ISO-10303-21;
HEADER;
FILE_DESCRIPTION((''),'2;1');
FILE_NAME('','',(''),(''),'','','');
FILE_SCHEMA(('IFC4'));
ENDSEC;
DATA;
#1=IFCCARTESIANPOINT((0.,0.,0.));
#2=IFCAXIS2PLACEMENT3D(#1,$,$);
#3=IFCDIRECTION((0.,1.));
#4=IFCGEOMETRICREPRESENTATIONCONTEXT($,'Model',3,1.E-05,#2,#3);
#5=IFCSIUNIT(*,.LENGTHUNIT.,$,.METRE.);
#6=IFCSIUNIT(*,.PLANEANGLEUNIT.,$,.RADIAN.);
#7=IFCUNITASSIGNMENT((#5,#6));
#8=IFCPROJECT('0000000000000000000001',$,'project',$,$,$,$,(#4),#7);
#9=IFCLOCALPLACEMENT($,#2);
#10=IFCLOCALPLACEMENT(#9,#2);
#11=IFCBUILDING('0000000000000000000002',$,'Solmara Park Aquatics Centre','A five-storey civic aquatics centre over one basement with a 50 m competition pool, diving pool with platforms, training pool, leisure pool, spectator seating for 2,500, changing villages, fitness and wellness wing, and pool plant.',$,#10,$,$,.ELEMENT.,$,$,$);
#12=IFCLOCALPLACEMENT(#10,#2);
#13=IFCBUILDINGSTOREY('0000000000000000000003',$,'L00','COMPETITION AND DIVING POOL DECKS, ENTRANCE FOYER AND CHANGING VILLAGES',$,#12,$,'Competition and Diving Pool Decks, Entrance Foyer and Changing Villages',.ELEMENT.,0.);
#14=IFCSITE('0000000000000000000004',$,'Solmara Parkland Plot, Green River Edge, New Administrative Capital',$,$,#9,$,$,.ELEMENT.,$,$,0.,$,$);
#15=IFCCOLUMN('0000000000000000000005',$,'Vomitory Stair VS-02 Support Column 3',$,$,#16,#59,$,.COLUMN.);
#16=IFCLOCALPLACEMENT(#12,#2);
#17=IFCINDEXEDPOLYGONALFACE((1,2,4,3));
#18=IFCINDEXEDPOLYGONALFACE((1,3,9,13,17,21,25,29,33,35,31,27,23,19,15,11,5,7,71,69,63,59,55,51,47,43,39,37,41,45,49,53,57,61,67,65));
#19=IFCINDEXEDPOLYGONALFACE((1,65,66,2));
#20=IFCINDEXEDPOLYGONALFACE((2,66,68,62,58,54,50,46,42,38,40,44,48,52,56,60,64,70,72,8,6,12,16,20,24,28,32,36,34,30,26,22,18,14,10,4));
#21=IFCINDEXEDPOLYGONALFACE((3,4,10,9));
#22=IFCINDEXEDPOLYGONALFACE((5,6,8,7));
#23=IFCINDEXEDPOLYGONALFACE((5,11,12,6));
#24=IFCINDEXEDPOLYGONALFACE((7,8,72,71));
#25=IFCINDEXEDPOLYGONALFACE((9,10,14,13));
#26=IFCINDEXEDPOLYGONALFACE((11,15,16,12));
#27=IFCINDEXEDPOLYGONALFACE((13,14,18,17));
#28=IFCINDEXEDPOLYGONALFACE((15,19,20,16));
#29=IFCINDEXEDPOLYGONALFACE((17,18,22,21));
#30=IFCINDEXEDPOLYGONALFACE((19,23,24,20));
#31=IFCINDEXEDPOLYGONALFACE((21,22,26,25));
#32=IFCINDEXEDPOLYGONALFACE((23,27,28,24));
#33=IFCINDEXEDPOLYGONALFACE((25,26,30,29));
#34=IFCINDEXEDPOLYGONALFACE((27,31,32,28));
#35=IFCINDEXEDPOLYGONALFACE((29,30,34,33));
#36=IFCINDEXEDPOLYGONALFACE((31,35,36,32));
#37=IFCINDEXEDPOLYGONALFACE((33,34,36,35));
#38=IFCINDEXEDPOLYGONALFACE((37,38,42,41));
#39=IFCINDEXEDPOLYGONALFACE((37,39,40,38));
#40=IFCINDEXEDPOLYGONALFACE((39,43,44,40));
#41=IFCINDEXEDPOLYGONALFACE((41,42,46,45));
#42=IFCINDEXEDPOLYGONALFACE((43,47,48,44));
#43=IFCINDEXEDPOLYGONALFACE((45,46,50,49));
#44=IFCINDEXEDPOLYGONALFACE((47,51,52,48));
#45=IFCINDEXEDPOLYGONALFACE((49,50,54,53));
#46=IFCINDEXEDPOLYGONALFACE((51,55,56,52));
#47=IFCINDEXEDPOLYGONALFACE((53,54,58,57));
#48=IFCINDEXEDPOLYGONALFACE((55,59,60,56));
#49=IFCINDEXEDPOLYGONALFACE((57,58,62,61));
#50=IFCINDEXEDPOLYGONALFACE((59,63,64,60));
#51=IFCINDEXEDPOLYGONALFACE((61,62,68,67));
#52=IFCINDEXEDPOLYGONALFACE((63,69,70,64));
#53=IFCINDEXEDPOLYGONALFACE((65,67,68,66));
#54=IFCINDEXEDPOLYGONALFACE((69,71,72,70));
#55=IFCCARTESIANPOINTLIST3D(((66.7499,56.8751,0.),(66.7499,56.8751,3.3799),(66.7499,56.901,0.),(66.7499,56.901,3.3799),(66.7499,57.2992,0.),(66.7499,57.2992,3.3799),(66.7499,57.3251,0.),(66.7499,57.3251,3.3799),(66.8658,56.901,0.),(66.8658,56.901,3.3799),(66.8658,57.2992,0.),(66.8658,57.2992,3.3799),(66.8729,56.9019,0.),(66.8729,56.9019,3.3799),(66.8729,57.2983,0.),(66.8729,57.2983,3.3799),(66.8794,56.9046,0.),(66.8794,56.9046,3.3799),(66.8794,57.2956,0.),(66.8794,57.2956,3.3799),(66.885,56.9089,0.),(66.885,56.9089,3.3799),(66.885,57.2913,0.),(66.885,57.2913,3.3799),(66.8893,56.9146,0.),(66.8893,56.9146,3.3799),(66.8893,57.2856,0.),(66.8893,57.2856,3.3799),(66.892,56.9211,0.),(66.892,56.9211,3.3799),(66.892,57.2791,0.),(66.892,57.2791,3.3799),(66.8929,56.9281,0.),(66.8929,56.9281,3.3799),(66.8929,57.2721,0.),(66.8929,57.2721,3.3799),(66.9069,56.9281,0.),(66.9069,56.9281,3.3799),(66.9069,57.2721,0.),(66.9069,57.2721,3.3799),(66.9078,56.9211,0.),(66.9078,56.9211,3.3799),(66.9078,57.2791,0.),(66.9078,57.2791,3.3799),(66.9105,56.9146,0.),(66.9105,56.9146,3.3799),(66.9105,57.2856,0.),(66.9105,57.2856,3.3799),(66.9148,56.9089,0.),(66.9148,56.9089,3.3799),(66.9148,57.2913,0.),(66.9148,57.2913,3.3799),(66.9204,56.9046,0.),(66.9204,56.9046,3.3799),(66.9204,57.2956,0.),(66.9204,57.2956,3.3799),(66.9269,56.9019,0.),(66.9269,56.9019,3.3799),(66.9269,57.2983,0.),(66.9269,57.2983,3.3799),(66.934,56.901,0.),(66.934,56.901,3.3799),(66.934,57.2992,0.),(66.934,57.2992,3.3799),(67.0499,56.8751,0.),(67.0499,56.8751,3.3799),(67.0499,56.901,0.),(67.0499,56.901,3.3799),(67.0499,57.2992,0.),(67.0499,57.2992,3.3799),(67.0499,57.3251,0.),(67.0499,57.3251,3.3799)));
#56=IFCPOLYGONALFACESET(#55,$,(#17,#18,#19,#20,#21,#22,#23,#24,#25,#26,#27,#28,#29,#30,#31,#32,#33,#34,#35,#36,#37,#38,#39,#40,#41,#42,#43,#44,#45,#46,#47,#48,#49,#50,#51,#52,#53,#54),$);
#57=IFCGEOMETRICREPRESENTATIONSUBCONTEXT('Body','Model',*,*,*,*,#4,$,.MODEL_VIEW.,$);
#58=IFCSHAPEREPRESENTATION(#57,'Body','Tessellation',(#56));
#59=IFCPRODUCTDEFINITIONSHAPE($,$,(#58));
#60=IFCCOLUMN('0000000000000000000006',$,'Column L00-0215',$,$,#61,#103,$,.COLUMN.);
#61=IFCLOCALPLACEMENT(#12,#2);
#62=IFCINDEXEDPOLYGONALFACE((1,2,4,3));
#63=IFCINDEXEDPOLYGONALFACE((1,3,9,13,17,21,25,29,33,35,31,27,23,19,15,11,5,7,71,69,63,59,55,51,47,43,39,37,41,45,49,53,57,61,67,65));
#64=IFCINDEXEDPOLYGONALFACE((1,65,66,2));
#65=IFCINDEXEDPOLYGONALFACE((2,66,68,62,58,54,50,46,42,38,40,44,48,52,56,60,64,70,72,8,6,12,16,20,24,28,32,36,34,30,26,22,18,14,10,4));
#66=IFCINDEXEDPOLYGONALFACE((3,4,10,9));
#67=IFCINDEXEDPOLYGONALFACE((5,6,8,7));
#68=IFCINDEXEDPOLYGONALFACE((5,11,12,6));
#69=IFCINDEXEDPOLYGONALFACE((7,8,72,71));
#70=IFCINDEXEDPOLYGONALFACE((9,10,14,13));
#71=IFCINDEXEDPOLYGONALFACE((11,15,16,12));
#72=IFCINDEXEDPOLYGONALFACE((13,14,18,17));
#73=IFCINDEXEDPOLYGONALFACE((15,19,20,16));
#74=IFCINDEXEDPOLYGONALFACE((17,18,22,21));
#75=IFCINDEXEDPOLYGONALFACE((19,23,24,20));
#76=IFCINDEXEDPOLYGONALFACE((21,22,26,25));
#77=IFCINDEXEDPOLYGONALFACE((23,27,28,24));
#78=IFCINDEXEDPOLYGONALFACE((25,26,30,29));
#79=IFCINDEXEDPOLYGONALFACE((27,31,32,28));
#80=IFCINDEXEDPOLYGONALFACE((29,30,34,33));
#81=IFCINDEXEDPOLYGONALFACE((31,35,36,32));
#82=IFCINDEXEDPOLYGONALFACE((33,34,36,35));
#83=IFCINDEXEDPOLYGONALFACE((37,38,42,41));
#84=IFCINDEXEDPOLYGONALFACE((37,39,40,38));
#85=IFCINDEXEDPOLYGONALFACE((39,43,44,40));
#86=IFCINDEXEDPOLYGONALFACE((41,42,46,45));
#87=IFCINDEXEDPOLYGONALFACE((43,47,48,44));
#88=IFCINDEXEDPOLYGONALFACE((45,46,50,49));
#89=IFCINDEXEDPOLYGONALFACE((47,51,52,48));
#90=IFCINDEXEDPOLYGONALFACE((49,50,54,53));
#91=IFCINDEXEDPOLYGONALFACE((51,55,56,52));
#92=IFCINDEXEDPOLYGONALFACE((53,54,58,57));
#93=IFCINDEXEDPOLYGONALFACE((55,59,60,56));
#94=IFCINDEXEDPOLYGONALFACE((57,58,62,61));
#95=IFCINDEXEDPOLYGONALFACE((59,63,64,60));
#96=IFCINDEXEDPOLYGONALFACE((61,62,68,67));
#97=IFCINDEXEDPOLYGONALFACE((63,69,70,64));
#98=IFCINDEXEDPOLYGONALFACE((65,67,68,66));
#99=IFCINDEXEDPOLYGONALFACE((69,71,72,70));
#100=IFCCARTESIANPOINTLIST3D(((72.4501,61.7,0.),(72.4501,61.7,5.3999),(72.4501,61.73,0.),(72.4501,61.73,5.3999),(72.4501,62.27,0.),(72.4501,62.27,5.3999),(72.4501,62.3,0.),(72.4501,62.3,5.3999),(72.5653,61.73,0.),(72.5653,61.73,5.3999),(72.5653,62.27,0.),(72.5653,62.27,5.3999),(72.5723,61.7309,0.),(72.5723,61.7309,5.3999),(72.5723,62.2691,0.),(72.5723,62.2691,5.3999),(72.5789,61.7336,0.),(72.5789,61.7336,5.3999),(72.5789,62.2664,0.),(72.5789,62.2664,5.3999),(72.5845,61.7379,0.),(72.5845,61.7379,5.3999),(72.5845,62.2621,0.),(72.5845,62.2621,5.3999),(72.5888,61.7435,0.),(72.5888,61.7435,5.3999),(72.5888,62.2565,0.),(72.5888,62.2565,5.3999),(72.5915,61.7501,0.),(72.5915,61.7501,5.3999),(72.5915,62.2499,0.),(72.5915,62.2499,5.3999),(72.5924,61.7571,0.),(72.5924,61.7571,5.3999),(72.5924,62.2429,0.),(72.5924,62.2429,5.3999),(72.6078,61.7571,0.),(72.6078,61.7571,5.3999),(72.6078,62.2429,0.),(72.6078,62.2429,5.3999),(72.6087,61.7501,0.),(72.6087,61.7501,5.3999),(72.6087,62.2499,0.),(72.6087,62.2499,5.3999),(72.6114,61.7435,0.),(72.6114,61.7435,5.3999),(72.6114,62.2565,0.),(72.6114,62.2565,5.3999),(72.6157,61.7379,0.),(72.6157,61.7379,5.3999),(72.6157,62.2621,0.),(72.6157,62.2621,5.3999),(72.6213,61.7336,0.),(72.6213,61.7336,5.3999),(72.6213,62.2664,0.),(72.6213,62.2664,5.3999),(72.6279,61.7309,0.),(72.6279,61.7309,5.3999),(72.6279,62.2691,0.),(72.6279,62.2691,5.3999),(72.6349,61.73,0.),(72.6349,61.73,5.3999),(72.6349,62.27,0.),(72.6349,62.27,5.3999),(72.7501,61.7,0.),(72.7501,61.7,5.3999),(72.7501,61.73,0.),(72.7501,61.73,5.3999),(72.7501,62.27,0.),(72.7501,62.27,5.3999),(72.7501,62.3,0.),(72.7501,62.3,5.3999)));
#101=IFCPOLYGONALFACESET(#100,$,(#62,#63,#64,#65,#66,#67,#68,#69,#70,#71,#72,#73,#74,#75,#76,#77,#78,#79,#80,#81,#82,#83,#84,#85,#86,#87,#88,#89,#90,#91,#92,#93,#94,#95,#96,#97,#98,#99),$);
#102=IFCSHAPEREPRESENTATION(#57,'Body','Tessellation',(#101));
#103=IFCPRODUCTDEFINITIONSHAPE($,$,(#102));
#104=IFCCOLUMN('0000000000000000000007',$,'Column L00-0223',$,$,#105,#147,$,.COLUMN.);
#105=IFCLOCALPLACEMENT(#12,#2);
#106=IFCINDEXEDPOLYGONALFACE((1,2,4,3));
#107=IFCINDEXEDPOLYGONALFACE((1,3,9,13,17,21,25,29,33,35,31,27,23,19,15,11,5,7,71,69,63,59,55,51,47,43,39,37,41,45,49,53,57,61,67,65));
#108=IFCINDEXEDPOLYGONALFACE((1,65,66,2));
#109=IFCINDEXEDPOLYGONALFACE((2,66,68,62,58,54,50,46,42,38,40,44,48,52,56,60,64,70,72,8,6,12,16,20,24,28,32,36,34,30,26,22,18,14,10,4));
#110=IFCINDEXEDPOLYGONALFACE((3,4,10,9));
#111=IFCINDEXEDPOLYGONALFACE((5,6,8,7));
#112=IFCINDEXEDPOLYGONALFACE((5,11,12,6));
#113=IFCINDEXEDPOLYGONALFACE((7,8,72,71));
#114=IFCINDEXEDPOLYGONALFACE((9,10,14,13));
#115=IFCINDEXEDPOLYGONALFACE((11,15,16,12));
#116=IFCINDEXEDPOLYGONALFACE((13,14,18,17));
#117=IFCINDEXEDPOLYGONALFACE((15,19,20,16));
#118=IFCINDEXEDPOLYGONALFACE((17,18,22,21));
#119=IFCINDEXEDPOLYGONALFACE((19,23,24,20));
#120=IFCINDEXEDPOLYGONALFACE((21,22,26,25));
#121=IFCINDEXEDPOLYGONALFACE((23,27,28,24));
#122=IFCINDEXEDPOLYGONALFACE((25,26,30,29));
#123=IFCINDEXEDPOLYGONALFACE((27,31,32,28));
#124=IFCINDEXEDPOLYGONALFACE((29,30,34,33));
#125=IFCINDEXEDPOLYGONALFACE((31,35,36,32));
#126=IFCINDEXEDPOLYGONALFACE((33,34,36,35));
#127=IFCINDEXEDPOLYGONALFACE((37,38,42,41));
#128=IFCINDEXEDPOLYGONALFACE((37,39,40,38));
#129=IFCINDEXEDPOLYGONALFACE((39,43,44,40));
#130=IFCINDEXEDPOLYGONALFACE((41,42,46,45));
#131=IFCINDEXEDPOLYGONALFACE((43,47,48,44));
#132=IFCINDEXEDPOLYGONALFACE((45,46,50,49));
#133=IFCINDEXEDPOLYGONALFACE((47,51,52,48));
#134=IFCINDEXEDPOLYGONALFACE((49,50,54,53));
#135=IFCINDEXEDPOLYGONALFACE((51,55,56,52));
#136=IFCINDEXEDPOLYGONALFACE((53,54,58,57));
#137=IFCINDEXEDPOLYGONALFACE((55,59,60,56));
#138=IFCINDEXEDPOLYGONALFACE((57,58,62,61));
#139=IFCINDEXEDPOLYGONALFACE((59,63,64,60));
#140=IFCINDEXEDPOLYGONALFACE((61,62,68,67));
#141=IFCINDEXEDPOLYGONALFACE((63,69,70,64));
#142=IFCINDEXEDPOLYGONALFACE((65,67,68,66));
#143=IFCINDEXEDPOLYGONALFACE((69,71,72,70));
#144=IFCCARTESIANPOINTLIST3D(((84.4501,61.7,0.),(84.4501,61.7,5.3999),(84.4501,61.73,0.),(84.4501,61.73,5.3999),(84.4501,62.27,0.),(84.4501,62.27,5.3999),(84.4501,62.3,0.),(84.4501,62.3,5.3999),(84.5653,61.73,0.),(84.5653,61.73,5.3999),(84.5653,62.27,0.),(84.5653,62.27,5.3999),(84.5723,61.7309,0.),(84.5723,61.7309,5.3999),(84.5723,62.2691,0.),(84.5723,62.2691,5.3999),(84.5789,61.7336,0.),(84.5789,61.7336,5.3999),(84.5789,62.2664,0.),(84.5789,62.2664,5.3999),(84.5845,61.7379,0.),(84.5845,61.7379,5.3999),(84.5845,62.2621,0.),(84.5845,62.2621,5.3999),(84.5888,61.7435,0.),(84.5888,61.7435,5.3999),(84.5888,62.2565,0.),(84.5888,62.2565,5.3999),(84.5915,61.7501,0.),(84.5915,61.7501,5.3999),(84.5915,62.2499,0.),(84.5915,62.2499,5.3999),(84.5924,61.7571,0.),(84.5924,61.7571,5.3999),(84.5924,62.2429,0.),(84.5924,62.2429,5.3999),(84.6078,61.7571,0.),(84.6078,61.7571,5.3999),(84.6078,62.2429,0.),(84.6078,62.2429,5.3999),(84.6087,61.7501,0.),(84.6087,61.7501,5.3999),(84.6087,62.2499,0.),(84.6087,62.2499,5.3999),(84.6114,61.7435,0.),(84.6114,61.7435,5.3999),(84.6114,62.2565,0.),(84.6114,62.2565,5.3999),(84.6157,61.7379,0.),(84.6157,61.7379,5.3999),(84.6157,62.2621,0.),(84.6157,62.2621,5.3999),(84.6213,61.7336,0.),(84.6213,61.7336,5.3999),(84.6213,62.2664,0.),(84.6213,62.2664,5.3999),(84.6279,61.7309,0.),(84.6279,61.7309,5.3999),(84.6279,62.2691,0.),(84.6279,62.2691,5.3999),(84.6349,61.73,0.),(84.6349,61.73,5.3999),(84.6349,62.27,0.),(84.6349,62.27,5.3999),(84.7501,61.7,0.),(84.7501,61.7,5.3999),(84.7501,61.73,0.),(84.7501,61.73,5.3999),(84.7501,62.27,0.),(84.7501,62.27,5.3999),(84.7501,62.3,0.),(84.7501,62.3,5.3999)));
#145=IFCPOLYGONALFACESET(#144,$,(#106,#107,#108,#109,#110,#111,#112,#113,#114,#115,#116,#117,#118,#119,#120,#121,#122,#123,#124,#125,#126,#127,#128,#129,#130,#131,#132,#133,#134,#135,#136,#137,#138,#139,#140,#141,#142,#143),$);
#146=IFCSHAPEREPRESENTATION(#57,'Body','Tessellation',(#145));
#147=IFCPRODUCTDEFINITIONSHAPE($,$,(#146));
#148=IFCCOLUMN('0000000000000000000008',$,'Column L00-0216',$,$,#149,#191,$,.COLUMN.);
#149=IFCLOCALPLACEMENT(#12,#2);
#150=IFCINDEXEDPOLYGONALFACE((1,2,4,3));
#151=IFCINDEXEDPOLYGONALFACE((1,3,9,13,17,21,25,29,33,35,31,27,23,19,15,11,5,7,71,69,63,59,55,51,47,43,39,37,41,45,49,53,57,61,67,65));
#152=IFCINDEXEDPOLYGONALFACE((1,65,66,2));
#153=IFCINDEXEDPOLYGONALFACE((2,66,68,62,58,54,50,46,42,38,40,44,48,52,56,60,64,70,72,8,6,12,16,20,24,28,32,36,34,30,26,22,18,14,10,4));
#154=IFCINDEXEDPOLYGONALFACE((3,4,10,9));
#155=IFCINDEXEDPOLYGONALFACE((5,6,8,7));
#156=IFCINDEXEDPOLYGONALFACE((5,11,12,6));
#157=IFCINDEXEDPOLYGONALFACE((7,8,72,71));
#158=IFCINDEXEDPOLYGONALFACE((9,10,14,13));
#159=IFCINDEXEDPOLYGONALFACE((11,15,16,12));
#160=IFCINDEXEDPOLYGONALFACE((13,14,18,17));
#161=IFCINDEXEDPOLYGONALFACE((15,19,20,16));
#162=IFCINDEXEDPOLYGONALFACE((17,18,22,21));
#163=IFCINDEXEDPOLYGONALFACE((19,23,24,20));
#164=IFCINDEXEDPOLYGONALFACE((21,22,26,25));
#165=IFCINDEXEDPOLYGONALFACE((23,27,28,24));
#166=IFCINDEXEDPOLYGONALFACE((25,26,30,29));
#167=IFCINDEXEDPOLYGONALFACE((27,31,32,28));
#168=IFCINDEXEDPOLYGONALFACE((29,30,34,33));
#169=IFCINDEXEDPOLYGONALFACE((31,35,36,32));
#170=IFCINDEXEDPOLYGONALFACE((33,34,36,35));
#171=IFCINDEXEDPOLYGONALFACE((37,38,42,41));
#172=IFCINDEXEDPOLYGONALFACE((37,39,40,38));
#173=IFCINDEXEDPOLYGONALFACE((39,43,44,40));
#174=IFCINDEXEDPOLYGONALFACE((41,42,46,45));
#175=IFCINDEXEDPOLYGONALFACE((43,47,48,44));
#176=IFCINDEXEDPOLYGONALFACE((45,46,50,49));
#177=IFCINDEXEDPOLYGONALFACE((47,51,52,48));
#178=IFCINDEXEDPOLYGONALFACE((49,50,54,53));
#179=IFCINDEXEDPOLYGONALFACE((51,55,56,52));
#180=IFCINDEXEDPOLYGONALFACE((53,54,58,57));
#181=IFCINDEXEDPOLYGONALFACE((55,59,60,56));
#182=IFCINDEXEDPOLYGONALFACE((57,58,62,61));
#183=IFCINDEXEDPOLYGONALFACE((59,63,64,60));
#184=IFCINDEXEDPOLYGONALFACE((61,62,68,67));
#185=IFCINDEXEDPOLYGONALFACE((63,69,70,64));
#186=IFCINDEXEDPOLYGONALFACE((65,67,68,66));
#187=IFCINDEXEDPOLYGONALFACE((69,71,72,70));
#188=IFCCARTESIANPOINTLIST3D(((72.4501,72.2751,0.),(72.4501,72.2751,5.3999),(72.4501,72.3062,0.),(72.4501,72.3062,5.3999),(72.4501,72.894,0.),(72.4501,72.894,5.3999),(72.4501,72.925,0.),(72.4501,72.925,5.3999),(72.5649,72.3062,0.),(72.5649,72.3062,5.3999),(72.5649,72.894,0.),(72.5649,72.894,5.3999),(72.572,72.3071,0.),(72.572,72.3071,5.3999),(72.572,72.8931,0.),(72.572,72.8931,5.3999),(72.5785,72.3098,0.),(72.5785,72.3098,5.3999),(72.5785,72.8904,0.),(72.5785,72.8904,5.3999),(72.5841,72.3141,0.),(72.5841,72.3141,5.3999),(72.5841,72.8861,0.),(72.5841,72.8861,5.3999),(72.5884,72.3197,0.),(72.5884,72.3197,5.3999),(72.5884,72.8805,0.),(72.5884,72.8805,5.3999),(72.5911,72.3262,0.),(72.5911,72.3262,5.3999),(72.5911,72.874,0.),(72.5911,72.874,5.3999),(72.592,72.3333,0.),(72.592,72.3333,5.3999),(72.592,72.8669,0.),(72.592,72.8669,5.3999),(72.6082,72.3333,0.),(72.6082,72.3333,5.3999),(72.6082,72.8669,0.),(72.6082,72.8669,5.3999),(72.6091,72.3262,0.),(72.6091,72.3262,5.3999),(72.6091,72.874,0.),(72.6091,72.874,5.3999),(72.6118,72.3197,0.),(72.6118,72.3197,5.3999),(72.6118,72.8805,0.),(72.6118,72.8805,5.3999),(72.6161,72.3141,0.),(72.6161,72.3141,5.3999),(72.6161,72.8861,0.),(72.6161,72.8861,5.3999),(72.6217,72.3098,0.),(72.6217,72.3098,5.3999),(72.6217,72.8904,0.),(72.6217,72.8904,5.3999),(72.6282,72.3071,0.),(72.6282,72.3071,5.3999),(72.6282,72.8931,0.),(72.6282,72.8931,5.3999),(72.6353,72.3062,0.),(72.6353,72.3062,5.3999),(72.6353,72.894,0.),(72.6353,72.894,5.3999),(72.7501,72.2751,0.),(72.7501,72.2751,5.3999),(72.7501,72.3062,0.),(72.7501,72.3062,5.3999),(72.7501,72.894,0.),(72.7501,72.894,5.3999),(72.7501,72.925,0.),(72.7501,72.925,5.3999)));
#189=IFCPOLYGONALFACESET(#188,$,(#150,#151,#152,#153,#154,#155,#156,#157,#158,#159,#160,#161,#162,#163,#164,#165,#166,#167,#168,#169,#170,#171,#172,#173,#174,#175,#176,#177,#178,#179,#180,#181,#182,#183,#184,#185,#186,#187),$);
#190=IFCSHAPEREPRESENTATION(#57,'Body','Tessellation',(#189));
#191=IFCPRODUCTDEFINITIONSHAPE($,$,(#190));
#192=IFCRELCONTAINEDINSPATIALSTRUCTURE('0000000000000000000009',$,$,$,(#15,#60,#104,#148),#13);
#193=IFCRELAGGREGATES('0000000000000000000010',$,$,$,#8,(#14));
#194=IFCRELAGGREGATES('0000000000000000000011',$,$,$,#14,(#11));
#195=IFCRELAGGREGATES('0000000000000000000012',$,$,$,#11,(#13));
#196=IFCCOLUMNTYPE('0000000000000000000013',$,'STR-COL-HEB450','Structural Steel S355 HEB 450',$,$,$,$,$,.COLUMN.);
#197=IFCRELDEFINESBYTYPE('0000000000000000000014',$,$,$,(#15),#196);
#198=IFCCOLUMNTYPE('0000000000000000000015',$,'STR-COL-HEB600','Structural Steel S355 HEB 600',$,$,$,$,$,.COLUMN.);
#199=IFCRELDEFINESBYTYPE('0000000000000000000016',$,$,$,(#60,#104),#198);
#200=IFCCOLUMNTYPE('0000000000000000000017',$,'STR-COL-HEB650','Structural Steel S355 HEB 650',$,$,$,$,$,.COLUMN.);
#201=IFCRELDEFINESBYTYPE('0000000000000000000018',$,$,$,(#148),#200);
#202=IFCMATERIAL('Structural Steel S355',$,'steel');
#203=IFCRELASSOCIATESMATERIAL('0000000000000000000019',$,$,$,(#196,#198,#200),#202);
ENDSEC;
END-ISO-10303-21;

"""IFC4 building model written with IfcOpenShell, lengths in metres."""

from ifc_helpers import new_model, si_unit, direction, frame, origin, origin_2d, place, context, subcontext, project, spatial, i_section, extrude, material, material_profile, profile_set, type_object, element, save


model = new_model("IFC4")

# Units and contexts
model_context = context("Model", 3, precision=1e-05, world=origin(), true_north=direction((0.0, 1.0)))
body_context = subcontext(model_context, "Body", "Model", "MODEL_VIEW")
ifc_project = project(units=[si_unit("LENGTHUNIT", "METRE"), si_unit("PLANEANGLEUNIT", "RADIAN")], contexts=[model_context])

# Site, building, storey
site_placement = place(None, origin())
site = spatial("IfcSite", under=ifc_project, at=site_placement, Name="Solmara Parkland Plot, Green River Edge, New Administrative Capital", CompositionType="ELEMENT", RefElevation=0.0)
building_placement = place(site_placement, origin())
building = spatial("IfcBuilding", under=site, at=building_placement, Name="Solmara Park Aquatics Centre", Description="A five-storey civic aquatics centre over one basement with a 50 m competition pool, diving pool with platforms, training pool, leisure pool, spectator seating for 2,500, changing villages, fitness and wellness wing, and pool plant.", CompositionType="ELEMENT")
storey_placement = place(building_placement, origin())
storey = spatial("IfcBuildingStorey", under=building, at=storey_placement, Name="L00", Description="COMPETITION AND DIVING POOL DECKS, ENTRANCE FOYER AND CHANGING VILLAGES", LongName="Competition and Diving Pool Decks, Entrance Foyer and Changing Villages", CompositionType="ELEMENT", Elevation=0.0)

# Columns
ifc_material_1 = material(Name="Structural Steel S355", Category="steel")
ifc_material_profile_1 = material_profile(ifc_material_1, i_section(OverallWidth=0.3, OverallDepth=0.45, WebThickness=0.0139, FlangeThickness=0.0259, FilletRadius=0.0271, at=origin_2d()), Name="HEB 450")
ifc_profile_set_1 = profile_set([ifc_material_profile_1], Name="Structural Steel S355")
column_type_1 = type_object("IfcColumnType", Name="STR-COL-HEB450", Description="Structural Steel S355 HEB 450", PredefinedType="COLUMN", material=ifc_profile_set_1)
column_1_placement = place(storey_placement, frame((66.8999, 57.1001, 0.0), z_axis=(0.0, 0.0, 1.0), x_axis=(1.0, 0.0, 0.0)))
element("IfcColumn", 1, at=column_1_placement, inside=storey, type_object=column_type_1, Name="Vomitory Stair VS-02 Support Column 3", PredefinedType="COLUMN", context=body_context, shape_type="SweptSolid", body=[
    extrude(i_section(OverallWidth=0.3, OverallDepth=0.45, WebThickness=0.0139, FlangeThickness=0.0259, FilletRadius=0.0271, at=origin_2d()), origin(), (0.0, 0.0, 1.0), 3.3799),
])
ifc_material_profile_2 = material_profile(ifc_material_1, i_section(OverallWidth=0.3, OverallDepth=0.6001, WebThickness=0.0154, FlangeThickness=0.03, FilletRadius=0.0271, at=origin_2d()), Name="HEB 600")
ifc_profile_set_2 = profile_set([ifc_material_profile_2], Name="Structural Steel S355")
column_type_2 = type_object("IfcColumnType", Name="STR-COL-HEB600", Description="Structural Steel S355 HEB 600", PredefinedType="COLUMN", material=ifc_profile_set_2)
for number, where, z_axis, x_axis, name in (
    (2, (72.6001, 62.0, 0.0), (0.0, 0.0, 1.0), (1.0, 0.0, 0.0), "Column L00-0215"),
    (3, (84.6001, 62.0, 0.0), (0.0, 0.0, 1.0), (1.0, 0.0, 0.0), "Column L00-0223"),
):
    element("IfcColumn", number, at=place(storey_placement, frame(where, z_axis=z_axis, x_axis=x_axis)), inside=storey, type_object=column_type_2, Name=name, PredefinedType="COLUMN", context=body_context, shape_type="SweptSolid", body=[
        extrude(i_section(OverallWidth=0.3, OverallDepth=0.6001, WebThickness=0.0154, FlangeThickness=0.03, FilletRadius=0.0271, at=origin_2d()), origin(), (0.0, 0.0, 1.0), 5.3999),
    ])
ifc_material_profile_3 = material_profile(ifc_material_1, i_section(OverallWidth=0.3, OverallDepth=0.6499, WebThickness=0.0161, FlangeThickness=0.031, FilletRadius=0.0271, at=origin_2d()), Name="HEB 650")
ifc_profile_set_3 = profile_set([ifc_material_profile_3], Name="Structural Steel S355")
column_type_3 = type_object("IfcColumnType", Name="STR-COL-HEB650", Description="Structural Steel S355 HEB 650", PredefinedType="COLUMN", material=ifc_profile_set_3)
column_2_placement = place(storey_placement, frame((72.6001, 72.6001, 0.0), z_axis=(0.0, 0.0, 1.0), x_axis=(1.0, 0.0, 0.0)))
element("IfcColumn", 4, at=column_2_placement, inside=storey, type_object=column_type_3, Name="Column L00-0216", PredefinedType="COLUMN", context=body_context, shape_type="SweptSolid", body=[
    extrude(i_section(OverallWidth=0.3, OverallDepth=0.6499, WebThickness=0.0161, FlangeThickness=0.031, FilletRadius=0.0271, at=origin_2d()), origin(), (0.0, 0.0, 1.0), 5.3999),
])

save(model, "model.ifc")
